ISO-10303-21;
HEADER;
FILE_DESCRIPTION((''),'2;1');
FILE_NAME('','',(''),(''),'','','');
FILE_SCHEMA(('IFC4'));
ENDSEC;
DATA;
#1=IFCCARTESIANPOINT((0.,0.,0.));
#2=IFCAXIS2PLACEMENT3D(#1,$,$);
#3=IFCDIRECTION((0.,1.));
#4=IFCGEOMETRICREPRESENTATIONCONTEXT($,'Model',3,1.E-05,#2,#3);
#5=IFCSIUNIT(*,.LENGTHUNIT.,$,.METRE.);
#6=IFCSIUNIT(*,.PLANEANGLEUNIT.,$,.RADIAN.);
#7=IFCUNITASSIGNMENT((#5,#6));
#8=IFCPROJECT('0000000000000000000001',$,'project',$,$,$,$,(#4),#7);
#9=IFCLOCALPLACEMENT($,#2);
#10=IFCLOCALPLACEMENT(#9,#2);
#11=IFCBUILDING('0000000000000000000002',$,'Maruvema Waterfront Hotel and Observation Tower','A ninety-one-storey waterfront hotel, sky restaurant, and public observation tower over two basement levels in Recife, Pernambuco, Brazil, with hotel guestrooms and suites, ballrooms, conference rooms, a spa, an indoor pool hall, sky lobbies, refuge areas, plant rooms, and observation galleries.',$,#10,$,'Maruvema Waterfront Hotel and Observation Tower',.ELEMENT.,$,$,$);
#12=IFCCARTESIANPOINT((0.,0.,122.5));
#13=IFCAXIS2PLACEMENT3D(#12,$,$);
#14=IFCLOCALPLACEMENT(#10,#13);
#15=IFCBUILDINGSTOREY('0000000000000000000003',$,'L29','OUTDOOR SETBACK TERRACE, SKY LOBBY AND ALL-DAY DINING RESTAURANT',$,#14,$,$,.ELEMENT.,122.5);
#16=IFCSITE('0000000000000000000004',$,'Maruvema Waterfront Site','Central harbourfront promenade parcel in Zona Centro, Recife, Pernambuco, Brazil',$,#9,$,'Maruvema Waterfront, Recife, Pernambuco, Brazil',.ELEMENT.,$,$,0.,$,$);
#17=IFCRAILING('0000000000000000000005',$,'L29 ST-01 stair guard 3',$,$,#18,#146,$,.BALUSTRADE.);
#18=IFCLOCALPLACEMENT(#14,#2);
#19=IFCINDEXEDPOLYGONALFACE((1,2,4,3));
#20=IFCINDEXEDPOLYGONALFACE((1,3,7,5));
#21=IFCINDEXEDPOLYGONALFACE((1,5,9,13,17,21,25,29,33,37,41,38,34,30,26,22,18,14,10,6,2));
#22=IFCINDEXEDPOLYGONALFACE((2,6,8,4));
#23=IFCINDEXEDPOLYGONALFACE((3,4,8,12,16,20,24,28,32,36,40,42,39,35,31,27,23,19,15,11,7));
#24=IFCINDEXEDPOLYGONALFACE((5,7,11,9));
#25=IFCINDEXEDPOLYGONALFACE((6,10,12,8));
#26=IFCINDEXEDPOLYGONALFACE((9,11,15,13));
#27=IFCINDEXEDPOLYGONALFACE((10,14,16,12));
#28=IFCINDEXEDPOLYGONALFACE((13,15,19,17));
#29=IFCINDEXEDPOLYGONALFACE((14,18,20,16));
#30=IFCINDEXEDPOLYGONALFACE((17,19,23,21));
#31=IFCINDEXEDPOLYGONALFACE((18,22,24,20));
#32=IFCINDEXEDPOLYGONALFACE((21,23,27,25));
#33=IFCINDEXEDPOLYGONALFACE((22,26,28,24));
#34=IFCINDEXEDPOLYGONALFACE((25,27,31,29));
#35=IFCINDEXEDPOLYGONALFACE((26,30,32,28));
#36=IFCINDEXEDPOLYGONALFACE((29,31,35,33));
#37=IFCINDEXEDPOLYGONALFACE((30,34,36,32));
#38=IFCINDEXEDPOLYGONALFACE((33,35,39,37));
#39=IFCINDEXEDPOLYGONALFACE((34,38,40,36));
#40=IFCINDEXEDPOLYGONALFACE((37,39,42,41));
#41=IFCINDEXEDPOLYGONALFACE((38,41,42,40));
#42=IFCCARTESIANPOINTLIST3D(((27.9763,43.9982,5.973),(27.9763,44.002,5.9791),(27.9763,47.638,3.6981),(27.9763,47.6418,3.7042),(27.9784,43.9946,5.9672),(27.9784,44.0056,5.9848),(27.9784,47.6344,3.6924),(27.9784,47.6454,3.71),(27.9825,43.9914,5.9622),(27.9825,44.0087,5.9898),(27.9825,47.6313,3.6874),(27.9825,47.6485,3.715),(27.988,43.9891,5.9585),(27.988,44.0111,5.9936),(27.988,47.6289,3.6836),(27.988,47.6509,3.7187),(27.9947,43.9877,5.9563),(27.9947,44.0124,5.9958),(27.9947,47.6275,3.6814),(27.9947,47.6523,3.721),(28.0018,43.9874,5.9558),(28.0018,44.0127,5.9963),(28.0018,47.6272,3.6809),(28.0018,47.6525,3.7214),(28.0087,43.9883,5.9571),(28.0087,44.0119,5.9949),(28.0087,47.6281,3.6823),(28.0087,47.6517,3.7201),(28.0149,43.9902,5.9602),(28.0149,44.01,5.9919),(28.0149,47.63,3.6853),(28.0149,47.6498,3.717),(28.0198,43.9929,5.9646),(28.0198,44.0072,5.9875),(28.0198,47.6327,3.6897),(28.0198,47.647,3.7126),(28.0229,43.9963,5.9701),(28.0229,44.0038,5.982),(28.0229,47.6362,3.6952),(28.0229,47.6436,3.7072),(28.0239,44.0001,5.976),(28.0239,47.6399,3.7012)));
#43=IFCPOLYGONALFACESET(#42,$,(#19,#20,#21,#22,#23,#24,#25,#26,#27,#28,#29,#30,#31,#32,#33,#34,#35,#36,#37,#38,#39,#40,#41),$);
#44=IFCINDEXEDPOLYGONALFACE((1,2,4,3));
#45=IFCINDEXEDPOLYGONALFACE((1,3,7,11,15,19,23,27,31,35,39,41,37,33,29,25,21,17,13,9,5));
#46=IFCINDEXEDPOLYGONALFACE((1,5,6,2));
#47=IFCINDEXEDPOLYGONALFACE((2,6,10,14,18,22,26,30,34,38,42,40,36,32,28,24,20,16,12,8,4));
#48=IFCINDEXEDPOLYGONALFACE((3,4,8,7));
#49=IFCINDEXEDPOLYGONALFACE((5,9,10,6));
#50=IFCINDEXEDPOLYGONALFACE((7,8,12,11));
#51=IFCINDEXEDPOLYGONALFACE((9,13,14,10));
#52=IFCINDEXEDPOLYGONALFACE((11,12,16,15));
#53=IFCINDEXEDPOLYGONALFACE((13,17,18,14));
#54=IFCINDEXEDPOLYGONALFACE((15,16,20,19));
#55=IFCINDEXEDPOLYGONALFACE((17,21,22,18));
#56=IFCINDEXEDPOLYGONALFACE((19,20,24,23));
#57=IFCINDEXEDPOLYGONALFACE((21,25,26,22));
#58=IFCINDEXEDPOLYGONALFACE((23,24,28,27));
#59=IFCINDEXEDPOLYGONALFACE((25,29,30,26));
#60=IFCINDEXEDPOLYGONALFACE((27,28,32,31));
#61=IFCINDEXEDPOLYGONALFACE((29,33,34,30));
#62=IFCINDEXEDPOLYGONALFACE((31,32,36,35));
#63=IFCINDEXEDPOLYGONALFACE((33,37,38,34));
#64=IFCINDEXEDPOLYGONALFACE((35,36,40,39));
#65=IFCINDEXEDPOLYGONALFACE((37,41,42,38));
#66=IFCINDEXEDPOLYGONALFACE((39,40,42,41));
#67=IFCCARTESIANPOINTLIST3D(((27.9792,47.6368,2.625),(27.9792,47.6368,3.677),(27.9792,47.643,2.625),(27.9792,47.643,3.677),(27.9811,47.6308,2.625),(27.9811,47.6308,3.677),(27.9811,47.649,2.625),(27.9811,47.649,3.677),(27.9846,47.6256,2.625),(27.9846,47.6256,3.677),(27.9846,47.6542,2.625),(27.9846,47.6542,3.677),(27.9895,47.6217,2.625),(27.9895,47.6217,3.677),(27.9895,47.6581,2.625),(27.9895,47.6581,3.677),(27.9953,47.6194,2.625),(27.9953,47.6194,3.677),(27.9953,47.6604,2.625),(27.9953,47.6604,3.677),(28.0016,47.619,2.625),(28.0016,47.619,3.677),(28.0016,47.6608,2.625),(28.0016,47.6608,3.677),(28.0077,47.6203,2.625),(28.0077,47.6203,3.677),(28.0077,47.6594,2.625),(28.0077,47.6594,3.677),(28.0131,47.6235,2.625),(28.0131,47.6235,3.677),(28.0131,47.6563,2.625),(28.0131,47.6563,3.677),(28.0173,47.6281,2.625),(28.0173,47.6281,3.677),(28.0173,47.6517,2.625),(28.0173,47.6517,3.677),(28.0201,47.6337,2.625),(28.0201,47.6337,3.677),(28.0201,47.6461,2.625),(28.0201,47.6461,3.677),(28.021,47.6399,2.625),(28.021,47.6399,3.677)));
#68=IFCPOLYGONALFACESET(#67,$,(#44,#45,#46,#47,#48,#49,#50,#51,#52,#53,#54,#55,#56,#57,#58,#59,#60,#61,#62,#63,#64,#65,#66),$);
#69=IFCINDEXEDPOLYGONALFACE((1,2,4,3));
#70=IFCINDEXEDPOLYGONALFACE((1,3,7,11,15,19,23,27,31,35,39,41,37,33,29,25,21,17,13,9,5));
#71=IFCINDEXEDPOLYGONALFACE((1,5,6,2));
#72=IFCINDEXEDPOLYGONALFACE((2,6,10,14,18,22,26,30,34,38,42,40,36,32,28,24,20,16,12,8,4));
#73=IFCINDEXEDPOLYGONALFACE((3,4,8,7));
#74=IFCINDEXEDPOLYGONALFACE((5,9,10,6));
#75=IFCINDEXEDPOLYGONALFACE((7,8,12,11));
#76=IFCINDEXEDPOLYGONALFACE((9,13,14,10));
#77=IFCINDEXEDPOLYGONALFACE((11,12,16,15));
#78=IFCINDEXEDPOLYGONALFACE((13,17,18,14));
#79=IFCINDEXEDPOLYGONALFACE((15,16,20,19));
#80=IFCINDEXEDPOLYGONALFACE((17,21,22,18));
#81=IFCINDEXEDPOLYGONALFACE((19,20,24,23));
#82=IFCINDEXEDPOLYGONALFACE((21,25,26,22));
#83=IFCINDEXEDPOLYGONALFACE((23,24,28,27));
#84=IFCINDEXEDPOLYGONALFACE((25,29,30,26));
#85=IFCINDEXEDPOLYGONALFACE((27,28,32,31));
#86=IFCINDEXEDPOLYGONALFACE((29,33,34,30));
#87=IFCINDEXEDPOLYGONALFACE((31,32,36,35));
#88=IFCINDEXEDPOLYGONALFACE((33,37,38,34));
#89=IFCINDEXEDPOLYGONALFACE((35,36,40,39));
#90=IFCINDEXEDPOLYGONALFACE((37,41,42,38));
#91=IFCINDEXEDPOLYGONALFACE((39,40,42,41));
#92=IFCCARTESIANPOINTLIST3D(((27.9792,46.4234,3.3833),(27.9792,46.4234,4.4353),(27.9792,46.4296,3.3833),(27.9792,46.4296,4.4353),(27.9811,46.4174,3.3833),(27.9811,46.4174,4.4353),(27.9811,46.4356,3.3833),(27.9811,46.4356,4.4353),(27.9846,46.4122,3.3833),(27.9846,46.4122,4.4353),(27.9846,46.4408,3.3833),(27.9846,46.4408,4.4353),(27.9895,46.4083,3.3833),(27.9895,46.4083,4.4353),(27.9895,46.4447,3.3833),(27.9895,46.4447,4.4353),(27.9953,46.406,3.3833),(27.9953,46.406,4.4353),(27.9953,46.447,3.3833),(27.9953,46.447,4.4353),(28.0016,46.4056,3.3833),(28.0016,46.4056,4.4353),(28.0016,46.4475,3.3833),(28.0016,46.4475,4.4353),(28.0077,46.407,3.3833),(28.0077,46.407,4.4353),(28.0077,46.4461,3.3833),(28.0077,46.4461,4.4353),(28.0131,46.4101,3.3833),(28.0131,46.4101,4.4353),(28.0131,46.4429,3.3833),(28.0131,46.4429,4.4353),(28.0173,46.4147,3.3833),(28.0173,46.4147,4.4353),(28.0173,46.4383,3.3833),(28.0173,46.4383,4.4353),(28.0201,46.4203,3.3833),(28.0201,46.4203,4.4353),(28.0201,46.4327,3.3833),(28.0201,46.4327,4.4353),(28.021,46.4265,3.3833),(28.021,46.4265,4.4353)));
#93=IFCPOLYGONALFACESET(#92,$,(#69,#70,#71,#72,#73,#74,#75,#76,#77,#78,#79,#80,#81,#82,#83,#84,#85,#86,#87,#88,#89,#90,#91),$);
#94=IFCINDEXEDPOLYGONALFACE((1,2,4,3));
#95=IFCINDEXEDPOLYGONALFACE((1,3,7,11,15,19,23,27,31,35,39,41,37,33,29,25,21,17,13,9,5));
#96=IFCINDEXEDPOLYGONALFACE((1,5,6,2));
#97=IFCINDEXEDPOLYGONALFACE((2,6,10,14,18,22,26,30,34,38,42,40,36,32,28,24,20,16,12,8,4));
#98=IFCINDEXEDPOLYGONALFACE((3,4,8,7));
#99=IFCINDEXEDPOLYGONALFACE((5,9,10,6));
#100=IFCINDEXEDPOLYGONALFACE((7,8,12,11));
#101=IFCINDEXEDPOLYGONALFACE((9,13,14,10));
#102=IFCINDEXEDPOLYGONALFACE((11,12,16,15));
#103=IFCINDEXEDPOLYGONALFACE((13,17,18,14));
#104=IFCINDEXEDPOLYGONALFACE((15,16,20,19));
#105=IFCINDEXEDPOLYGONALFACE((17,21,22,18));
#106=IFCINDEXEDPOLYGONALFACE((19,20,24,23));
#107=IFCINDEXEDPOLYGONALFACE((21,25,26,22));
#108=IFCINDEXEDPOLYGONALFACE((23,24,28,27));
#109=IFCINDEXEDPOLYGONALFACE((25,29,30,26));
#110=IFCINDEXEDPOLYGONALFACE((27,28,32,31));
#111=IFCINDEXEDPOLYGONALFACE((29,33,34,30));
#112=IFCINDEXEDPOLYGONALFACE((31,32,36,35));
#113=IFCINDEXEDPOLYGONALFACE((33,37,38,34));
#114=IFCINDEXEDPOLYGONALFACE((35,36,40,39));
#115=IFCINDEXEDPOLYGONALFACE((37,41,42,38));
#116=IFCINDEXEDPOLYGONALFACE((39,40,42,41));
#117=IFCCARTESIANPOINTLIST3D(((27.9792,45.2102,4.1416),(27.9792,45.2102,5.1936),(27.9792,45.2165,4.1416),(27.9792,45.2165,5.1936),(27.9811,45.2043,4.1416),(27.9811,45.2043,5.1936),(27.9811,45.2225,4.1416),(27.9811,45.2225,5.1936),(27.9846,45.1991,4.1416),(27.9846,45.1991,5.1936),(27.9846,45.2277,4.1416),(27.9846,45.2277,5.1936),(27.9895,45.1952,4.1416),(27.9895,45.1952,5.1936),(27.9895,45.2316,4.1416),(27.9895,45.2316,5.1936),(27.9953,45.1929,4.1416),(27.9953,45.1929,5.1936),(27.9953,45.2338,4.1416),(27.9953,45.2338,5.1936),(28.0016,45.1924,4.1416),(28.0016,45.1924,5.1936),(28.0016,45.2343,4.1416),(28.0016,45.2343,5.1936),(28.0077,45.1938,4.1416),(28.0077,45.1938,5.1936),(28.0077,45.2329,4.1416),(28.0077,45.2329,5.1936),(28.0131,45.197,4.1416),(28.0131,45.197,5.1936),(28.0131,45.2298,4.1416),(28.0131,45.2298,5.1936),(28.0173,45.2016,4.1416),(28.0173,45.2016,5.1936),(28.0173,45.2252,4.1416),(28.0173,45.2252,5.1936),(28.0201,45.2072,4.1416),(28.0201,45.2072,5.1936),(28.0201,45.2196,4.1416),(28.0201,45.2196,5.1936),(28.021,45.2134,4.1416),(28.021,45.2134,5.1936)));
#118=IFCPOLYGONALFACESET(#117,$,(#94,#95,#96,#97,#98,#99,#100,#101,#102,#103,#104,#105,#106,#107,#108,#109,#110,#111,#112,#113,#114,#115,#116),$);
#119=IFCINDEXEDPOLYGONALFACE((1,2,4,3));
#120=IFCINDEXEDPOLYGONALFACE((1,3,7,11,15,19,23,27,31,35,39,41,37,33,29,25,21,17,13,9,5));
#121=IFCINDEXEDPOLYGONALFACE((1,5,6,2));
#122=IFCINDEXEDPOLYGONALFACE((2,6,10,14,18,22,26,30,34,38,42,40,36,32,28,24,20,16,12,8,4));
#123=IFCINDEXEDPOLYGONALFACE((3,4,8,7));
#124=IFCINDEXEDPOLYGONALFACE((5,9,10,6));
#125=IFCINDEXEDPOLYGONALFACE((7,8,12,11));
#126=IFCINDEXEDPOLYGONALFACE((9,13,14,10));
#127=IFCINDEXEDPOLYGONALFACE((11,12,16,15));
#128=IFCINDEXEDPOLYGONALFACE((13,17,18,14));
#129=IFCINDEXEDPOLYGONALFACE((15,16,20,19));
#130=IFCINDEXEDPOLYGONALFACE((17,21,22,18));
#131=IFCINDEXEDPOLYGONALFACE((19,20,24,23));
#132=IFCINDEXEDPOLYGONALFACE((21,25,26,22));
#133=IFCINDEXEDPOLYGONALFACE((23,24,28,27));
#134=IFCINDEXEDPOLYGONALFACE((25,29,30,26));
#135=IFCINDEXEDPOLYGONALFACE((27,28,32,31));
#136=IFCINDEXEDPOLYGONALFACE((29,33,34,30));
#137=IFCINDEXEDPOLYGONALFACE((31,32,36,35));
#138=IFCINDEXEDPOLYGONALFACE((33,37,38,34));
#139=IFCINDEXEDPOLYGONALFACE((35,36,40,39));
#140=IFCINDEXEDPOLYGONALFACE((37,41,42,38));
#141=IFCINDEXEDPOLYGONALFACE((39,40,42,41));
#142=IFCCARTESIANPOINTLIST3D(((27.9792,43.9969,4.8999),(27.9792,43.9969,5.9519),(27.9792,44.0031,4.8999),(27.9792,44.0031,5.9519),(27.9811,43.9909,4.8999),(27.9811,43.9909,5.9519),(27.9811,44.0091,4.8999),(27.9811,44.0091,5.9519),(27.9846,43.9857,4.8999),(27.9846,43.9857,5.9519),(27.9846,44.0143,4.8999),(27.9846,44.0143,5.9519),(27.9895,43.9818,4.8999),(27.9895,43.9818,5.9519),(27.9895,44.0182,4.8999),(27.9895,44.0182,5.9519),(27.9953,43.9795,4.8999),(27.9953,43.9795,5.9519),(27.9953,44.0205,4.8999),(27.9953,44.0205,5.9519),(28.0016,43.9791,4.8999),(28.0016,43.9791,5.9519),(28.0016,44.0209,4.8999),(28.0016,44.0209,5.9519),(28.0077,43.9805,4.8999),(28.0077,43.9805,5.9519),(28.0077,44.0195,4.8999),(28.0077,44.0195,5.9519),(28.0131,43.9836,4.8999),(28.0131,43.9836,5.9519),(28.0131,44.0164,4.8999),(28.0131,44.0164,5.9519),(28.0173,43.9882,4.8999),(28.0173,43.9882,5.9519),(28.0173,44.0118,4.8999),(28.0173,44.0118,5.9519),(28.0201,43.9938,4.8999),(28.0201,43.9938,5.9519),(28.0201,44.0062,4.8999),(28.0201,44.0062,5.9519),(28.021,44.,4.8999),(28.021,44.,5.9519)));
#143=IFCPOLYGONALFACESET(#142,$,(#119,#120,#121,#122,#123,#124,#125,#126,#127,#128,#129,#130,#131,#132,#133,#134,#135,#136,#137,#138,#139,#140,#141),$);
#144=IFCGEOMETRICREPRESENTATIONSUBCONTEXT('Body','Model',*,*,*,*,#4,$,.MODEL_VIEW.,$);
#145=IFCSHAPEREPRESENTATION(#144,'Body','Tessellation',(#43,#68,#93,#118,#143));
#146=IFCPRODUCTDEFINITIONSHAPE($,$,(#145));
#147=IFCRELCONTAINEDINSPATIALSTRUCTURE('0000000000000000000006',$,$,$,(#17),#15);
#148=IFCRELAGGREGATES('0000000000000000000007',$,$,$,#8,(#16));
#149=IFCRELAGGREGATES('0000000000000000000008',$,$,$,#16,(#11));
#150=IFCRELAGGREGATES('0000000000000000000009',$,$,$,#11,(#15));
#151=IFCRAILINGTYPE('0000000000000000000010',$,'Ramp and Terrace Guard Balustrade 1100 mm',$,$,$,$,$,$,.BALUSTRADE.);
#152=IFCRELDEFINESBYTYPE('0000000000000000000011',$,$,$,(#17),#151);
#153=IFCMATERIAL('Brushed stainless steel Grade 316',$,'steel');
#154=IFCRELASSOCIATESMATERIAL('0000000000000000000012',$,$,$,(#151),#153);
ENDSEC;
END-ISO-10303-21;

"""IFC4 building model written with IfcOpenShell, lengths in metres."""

from ifc_helpers import new_model, si_unit, direction, frame, origin, origin_2d, place, context, subcontext, project, spatial, circle, extrude, material, type_object, element, save


model = new_model("IFC4")

# Units and contexts
model_context = context("Model", 3, precision=1e-05, world=origin(), true_north=direction((0.0, 1.0)))
body_context = subcontext(model_context, "Body", "Model", "MODEL_VIEW")
ifc_project = project(units=[si_unit("LENGTHUNIT", "METRE"), si_unit("PLANEANGLEUNIT", "RADIAN")], contexts=[model_context])

# Site, building, storey
site_placement = place(None, origin())
site = spatial("IfcSite", under=ifc_project, at=site_placement, Name="Maruvema Waterfront Site", Description="Central harbourfront promenade parcel in Zona Centro, Recife, Pernambuco, Brazil", LongName="Maruvema Waterfront, Recife, Pernambuco, Brazil", CompositionType="ELEMENT", RefElevation=0.0)
building_placement = place(site_placement, origin())
building = spatial("IfcBuilding", under=site, at=building_placement, Name="Maruvema Waterfront Hotel and Observation Tower", Description="A ninety-one-storey waterfront hotel, sky restaurant, and public observation tower over two basement levels in Recife, Pernambuco, Brazil, with hotel guestrooms and suites, ballrooms, conference rooms, a spa, an indoor pool hall, sky lobbies, refuge areas, plant rooms, and observation galleries.", LongName="Maruvema Waterfront Hotel and Observation Tower", CompositionType="ELEMENT")
storey_placement = place(building_placement, frame((0.0, 0.0, 122.5)))
storey = spatial("IfcBuildingStorey", under=building, at=storey_placement, Name="L29", Description="OUTDOOR SETBACK TERRACE, SKY LOBBY AND ALL-DAY DINING RESTAURANT", CompositionType="ELEMENT", Elevation=122.5)

# Railing
ifc_material_1 = material(Name="Brushed stainless steel Grade 316", Category="steel")
railing_type_1 = type_object("IfcRailingType", Name="Ramp and Terrace Guard Balustrade 1100 mm", PredefinedType="BALUSTRADE", material=ifc_material_1)
railing_1_placement = place(storey_placement, frame((28.0, 47.6399, 2.625)))
element("IfcRailing", 1, at=railing_1_placement, inside=storey, type_object=railing_type_1, Name="L29 ST-01 stair guard 3", PredefinedType="BALUSTRADE", context=body_context, shape_type="SweptSolid", body=[
    extrude(circle(Radius=0.0239, at=origin_2d()), frame((0.0, 0.0, 1.0762), z_axis=(0.0, -0.848001, 0.529994), x_axis=(1.0, 0.0, 0.0)), (0.0, 0.0, 1.0), 4.2922),
    extrude(circle(Radius=0.021, at=origin_2d()), origin(), (0.0, 0.0, 1.0), 1.052),
    extrude(circle(Radius=0.021, at=origin_2d()), frame((0.0, -1.2134, 0.7583)), (0.0, 0.0, 1.0), 1.052),
    extrude(circle(Radius=0.021, at=origin_2d()), frame((0.0, -2.4265, 1.5166)), (0.0, 0.0, 1.0), 1.052),
    extrude(circle(Radius=0.021, at=origin_2d()), frame((0.0, -3.6399, 2.2749)), (0.0, 0.0, 1.0), 1.052),
])

save(model, "model.ifc")
